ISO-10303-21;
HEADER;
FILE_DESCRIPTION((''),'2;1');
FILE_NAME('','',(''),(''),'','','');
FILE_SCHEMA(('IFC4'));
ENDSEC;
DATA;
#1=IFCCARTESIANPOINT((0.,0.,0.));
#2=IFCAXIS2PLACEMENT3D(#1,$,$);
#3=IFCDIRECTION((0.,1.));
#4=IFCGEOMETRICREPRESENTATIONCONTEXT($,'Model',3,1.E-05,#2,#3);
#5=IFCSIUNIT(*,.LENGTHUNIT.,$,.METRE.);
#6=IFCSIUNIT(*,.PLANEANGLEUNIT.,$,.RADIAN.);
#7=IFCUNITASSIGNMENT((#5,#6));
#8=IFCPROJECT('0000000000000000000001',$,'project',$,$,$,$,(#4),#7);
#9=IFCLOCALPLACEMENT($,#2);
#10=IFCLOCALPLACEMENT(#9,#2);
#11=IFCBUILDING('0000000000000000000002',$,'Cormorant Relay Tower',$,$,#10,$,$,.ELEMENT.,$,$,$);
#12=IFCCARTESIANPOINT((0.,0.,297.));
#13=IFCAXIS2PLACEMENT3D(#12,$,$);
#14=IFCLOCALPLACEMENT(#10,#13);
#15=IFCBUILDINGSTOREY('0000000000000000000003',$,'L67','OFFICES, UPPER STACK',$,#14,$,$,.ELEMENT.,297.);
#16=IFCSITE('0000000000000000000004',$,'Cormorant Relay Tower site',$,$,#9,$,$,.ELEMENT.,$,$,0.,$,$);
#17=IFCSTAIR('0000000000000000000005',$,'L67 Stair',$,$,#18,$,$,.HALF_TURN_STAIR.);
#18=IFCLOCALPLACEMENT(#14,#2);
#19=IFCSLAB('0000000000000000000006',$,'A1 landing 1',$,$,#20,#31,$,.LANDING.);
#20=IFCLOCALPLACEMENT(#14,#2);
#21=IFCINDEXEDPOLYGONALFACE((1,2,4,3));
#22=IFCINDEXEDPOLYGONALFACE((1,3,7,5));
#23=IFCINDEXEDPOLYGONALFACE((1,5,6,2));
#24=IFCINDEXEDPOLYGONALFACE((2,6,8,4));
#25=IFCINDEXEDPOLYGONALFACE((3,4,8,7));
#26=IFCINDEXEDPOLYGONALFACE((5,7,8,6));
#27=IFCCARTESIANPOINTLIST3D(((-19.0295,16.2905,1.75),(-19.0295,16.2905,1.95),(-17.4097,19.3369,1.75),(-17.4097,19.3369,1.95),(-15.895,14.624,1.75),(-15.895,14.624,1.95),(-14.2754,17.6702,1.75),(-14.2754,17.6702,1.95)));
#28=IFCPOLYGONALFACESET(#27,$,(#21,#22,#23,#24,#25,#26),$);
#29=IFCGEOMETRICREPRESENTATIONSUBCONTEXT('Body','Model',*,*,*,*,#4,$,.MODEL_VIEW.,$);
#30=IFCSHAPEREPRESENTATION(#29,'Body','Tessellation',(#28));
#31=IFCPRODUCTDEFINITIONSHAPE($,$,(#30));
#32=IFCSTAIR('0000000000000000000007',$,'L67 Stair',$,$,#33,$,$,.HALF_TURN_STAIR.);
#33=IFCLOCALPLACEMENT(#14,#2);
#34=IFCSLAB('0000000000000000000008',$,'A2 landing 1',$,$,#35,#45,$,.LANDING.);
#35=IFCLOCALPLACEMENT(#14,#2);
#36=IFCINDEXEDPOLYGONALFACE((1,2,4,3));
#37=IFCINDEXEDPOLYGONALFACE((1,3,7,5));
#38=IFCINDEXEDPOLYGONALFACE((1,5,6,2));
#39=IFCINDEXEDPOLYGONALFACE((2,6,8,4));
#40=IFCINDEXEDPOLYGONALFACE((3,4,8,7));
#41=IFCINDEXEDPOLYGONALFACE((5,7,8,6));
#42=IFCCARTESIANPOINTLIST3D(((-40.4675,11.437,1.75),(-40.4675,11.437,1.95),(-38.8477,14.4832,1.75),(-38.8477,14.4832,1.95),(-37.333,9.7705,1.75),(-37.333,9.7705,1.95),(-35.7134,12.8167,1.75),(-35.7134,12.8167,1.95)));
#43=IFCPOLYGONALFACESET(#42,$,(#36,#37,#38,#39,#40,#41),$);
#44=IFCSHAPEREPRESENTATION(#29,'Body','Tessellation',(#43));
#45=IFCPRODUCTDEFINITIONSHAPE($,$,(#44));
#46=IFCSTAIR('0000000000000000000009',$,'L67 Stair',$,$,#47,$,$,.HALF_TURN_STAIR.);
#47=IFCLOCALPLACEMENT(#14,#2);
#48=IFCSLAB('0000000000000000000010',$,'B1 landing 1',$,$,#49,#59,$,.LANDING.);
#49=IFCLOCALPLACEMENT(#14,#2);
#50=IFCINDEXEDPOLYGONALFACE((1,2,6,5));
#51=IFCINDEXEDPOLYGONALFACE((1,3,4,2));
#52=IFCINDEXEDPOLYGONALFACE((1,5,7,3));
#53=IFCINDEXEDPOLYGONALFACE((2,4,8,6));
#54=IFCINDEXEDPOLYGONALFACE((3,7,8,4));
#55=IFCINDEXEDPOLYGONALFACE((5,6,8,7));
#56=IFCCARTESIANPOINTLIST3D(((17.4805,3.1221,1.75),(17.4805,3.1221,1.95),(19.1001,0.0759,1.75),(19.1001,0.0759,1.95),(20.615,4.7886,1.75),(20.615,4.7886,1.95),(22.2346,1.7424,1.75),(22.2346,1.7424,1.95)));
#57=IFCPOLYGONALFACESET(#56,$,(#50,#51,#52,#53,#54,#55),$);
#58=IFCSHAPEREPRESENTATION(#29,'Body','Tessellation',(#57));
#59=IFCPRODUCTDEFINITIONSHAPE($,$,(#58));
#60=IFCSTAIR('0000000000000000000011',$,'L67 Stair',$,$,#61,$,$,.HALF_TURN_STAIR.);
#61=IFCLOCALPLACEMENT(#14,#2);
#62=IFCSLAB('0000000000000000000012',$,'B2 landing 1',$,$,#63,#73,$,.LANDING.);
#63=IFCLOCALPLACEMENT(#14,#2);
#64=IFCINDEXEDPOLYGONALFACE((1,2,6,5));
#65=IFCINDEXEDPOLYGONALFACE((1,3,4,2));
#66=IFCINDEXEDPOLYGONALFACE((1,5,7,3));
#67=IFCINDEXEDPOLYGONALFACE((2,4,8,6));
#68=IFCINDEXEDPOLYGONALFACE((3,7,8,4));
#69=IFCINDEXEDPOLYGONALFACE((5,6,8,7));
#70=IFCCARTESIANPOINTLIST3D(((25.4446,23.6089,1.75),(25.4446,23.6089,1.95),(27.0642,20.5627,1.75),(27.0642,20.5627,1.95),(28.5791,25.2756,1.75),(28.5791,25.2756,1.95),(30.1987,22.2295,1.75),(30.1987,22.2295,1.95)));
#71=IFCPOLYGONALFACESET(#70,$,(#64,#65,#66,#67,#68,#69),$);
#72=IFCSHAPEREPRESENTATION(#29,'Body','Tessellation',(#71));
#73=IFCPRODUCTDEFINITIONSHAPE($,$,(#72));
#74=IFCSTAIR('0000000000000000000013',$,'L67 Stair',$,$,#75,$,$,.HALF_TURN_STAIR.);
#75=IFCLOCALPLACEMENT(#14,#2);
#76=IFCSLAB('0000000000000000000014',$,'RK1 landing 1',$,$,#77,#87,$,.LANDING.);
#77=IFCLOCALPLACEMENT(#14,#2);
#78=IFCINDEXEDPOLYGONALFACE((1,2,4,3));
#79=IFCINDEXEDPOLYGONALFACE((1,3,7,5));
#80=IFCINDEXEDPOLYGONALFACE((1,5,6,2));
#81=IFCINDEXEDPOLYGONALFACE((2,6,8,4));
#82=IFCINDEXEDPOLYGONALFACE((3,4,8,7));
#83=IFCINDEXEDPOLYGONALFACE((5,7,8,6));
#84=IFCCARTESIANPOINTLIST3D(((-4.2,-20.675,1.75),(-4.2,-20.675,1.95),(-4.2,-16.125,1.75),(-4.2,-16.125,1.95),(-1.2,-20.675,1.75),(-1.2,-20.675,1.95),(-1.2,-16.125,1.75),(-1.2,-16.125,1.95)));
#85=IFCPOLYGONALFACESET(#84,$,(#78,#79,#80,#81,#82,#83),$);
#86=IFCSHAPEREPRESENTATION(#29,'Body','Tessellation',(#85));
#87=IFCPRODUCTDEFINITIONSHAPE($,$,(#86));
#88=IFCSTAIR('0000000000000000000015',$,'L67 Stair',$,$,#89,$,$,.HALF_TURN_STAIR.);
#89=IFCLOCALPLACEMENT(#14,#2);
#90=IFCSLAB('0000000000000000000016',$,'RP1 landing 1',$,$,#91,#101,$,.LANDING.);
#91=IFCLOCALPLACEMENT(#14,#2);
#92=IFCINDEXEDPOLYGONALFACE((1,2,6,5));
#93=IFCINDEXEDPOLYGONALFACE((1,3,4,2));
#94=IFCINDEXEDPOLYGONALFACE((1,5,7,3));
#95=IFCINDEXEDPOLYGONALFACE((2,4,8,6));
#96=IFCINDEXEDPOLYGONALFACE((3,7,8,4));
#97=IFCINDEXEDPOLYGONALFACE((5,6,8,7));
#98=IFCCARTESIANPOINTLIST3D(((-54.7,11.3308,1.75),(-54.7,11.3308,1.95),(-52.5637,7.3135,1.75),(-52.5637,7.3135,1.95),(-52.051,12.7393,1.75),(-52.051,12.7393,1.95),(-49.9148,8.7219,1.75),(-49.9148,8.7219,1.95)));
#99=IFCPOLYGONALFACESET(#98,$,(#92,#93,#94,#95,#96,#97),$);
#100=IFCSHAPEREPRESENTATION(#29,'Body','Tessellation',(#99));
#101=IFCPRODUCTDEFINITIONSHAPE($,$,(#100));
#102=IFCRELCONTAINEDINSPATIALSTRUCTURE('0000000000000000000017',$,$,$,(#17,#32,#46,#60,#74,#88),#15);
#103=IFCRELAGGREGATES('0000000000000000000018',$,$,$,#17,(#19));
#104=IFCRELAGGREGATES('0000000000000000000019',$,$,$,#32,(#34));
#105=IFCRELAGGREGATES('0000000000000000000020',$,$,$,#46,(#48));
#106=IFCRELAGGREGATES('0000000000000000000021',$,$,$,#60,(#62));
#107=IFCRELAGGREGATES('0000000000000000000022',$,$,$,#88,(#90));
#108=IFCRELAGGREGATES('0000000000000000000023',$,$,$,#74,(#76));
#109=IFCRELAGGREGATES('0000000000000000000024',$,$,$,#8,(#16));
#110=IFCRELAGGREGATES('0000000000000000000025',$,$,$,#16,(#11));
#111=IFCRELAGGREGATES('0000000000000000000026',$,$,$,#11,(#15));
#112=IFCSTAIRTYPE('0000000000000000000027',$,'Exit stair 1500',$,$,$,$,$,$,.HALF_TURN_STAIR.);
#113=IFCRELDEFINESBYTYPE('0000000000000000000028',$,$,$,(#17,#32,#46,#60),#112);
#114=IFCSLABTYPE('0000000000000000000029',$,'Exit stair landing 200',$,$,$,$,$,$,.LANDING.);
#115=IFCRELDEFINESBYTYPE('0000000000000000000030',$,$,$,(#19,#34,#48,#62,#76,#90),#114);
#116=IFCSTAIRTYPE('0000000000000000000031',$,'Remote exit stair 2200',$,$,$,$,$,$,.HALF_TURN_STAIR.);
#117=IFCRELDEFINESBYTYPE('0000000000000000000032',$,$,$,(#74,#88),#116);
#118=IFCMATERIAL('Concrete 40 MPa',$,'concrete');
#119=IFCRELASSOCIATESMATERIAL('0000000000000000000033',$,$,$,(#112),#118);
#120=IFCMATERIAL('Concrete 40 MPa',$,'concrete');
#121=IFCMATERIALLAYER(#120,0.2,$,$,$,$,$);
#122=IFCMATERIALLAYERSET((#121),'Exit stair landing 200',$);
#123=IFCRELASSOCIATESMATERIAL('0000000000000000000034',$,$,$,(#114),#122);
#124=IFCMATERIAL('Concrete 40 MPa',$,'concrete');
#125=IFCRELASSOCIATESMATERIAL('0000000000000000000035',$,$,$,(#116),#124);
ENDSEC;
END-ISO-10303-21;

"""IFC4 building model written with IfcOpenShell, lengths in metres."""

from ifc_helpers import new_model, si_unit, direction, frame, origin, place, context, subcontext, project, spatial, polyline, outline, extrude, material, layer, layer_set, type_object, element, aggregate, save


model = new_model("IFC4")

# Units and contexts
model_context = context("Model", 3, precision=1e-05, world=origin(), true_north=direction((0.0, 1.0)))
body_context = subcontext(model_context, "Body", "Model", "MODEL_VIEW")
ifc_project = project(units=[si_unit("LENGTHUNIT", "METRE"), si_unit("PLANEANGLEUNIT", "RADIAN")], contexts=[model_context])

# Site, building, storey
site_placement = place(None, origin())
site = spatial("IfcSite", under=ifc_project, at=site_placement, Name="Cormorant Relay Tower site", CompositionType="ELEMENT", RefElevation=0.0)
building_placement = place(site_placement, origin())
building = spatial("IfcBuilding", under=site, at=building_placement, Name="Cormorant Relay Tower", CompositionType="ELEMENT")
storey_placement = place(building_placement, frame((0.0, 0.0, 297.0)))
storey = spatial("IfcBuildingStorey", under=building, at=storey_placement, Name="L67", Description="OFFICES, UPPER STACK", CompositionType="ELEMENT", Elevation=297.0)

# Stairs, slabs
ifc_material_1 = material(Name="Concrete 40 MPa", Category="concrete")
stair_type_1 = type_object("IfcStairType", Name="Exit stair 1500", PredefinedType="HALF_TURN_STAIR", material=ifc_material_1)
stair_1_placement = place(storey_placement, origin())
stair_1 = element("IfcStair", 1, at=stair_1_placement, inside=storey, type_object=stair_type_1, Name="L67 Stair", PredefinedType="HALF_TURN_STAIR")
ifc_material_2 = material(Name="Concrete 40 MPa", Category="concrete")
ifc_layer_1 = layer(ifc_material_2, 0.2)
ifc_layer_set_1 = layer_set([ifc_layer_1], Name="Exit stair landing 200")
slab_type_1 = type_object("IfcSlabType", Name="Exit stair landing 200", PredefinedType="LANDING", material=ifc_layer_set_1)
slab_1_placement = place(storey_placement, frame((0.0, 0.0, 1.75)))
slab_1 = element("IfcSlab", 2, at=slab_1_placement, type_object=slab_type_1, Name="A1 landing 1", PredefinedType="LANDING", context=body_context, shape_type="SweptSolid", body=[
    extrude(outline(polyline([(-19.0295, 16.2905), (-15.895, 14.624), (-14.2754, 17.6702), (-17.4097, 19.3369), (-19.0295, 16.2905)])), origin(), (0.0, 0.0, 1.0), 0.2),
])
aggregate(stair_1, [slab_1])
stair_2_placement = place(storey_placement, origin())
stair_2 = element("IfcStair", 3, at=stair_2_placement, inside=storey, type_object=stair_type_1, Name="L67 Stair", PredefinedType="HALF_TURN_STAIR")
slab_2_placement = place(storey_placement, frame((0.0, 0.0, 1.75)))
slab_2 = element("IfcSlab", 4, at=slab_2_placement, type_object=slab_type_1, Name="A2 landing 1", PredefinedType="LANDING", context=body_context, shape_type="SweptSolid", body=[
    extrude(outline(polyline([(-35.7134, 12.8167), (-38.8477, 14.4832), (-40.4675, 11.437), (-37.333, 9.7705), (-35.7134, 12.8167)])), origin(), (0.0, 0.0, 1.0), 0.2),
])
aggregate(stair_2, [slab_2])
stair_3_placement = place(storey_placement, origin())
stair_3 = element("IfcStair", 5, at=stair_3_placement, inside=storey, type_object=stair_type_1, Name="L67 Stair", PredefinedType="HALF_TURN_STAIR")
slab_3_placement = place(storey_placement, frame((0.0, 0.0, 1.75)))
slab_3 = element("IfcSlab", 6, at=slab_3_placement, type_object=slab_type_1, Name="B1 landing 1", PredefinedType="LANDING", context=body_context, shape_type="SweptSolid", body=[
    extrude(outline(polyline([(20.615, 4.7886), (17.4805, 3.1221), (19.1001, 0.0759), (22.2346, 1.7424), (20.615, 4.7886)])), origin(), (0.0, 0.0, 1.0), 0.2),
])
aggregate(stair_3, [slab_3])
stair_4_placement = place(storey_placement, origin())
stair_4 = element("IfcStair", 7, at=stair_4_placement, inside=storey, type_object=stair_type_1, Name="L67 Stair", PredefinedType="HALF_TURN_STAIR")
slab_4_placement = place(storey_placement, frame((0.0, 0.0, 1.75)))
slab_4 = element("IfcSlab", 8, at=slab_4_placement, type_object=slab_type_1, Name="B2 landing 1", PredefinedType="LANDING", context=body_context, shape_type="SweptSolid", body=[
    extrude(outline(polyline([(27.0642, 20.5627), (30.1987, 22.2295), (28.5791, 25.2756), (25.4446, 23.6089), (27.0642, 20.5627)])), origin(), (0.0, 0.0, 1.0), 0.2),
])
aggregate(stair_4, [slab_4])
ifc_material_3 = material(Name="Concrete 40 MPa", Category="concrete")
stair_type_2 = type_object("IfcStairType", Name="Remote exit stair 2200", PredefinedType="HALF_TURN_STAIR", material=ifc_material_3)
stair_5_placement = place(storey_placement, origin())
stair_5 = element("IfcStair", 9, at=stair_5_placement, inside=storey, type_object=stair_type_2, Name="L67 Stair", PredefinedType="HALF_TURN_STAIR")
slab_5_placement = place(storey_placement, frame((0.0, 0.0, 1.75)))
slab_5 = element("IfcSlab", 10, at=slab_5_placement, type_object=slab_type_1, Name="RK1 landing 1", PredefinedType="LANDING", context=body_context, shape_type="SweptSolid", body=[
    extrude(outline(polyline([(-1.2, -16.125), (-4.2, -16.125), (-4.2, -20.675), (-1.2, -20.675), (-1.2, -16.125)])), origin(), (0.0, 0.0, 1.0), 0.2),
])
stair_6_placement = place(storey_placement, origin())
stair_6 = element("IfcStair", 11, at=stair_6_placement, inside=storey, type_object=stair_type_2, Name="L67 Stair", PredefinedType="HALF_TURN_STAIR")
slab_6_placement = place(storey_placement, frame((0.0, 0.0, 1.75)))
slab_6 = element("IfcSlab", 12, at=slab_6_placement, type_object=slab_type_1, Name="RP1 landing 1", PredefinedType="LANDING", context=body_context, shape_type="SweptSolid", body=[
    extrude(outline(polyline([(-52.051, 12.7393), (-54.7, 11.3308), (-52.5637, 7.3135), (-49.9148, 8.7219), (-52.051, 12.7393)])), origin(), (0.0, 0.0, 1.0), 0.2),
])
aggregate(stair_6, [slab_6])

aggregate(stair_5, [slab_5])

save(model, "model.ifc")
